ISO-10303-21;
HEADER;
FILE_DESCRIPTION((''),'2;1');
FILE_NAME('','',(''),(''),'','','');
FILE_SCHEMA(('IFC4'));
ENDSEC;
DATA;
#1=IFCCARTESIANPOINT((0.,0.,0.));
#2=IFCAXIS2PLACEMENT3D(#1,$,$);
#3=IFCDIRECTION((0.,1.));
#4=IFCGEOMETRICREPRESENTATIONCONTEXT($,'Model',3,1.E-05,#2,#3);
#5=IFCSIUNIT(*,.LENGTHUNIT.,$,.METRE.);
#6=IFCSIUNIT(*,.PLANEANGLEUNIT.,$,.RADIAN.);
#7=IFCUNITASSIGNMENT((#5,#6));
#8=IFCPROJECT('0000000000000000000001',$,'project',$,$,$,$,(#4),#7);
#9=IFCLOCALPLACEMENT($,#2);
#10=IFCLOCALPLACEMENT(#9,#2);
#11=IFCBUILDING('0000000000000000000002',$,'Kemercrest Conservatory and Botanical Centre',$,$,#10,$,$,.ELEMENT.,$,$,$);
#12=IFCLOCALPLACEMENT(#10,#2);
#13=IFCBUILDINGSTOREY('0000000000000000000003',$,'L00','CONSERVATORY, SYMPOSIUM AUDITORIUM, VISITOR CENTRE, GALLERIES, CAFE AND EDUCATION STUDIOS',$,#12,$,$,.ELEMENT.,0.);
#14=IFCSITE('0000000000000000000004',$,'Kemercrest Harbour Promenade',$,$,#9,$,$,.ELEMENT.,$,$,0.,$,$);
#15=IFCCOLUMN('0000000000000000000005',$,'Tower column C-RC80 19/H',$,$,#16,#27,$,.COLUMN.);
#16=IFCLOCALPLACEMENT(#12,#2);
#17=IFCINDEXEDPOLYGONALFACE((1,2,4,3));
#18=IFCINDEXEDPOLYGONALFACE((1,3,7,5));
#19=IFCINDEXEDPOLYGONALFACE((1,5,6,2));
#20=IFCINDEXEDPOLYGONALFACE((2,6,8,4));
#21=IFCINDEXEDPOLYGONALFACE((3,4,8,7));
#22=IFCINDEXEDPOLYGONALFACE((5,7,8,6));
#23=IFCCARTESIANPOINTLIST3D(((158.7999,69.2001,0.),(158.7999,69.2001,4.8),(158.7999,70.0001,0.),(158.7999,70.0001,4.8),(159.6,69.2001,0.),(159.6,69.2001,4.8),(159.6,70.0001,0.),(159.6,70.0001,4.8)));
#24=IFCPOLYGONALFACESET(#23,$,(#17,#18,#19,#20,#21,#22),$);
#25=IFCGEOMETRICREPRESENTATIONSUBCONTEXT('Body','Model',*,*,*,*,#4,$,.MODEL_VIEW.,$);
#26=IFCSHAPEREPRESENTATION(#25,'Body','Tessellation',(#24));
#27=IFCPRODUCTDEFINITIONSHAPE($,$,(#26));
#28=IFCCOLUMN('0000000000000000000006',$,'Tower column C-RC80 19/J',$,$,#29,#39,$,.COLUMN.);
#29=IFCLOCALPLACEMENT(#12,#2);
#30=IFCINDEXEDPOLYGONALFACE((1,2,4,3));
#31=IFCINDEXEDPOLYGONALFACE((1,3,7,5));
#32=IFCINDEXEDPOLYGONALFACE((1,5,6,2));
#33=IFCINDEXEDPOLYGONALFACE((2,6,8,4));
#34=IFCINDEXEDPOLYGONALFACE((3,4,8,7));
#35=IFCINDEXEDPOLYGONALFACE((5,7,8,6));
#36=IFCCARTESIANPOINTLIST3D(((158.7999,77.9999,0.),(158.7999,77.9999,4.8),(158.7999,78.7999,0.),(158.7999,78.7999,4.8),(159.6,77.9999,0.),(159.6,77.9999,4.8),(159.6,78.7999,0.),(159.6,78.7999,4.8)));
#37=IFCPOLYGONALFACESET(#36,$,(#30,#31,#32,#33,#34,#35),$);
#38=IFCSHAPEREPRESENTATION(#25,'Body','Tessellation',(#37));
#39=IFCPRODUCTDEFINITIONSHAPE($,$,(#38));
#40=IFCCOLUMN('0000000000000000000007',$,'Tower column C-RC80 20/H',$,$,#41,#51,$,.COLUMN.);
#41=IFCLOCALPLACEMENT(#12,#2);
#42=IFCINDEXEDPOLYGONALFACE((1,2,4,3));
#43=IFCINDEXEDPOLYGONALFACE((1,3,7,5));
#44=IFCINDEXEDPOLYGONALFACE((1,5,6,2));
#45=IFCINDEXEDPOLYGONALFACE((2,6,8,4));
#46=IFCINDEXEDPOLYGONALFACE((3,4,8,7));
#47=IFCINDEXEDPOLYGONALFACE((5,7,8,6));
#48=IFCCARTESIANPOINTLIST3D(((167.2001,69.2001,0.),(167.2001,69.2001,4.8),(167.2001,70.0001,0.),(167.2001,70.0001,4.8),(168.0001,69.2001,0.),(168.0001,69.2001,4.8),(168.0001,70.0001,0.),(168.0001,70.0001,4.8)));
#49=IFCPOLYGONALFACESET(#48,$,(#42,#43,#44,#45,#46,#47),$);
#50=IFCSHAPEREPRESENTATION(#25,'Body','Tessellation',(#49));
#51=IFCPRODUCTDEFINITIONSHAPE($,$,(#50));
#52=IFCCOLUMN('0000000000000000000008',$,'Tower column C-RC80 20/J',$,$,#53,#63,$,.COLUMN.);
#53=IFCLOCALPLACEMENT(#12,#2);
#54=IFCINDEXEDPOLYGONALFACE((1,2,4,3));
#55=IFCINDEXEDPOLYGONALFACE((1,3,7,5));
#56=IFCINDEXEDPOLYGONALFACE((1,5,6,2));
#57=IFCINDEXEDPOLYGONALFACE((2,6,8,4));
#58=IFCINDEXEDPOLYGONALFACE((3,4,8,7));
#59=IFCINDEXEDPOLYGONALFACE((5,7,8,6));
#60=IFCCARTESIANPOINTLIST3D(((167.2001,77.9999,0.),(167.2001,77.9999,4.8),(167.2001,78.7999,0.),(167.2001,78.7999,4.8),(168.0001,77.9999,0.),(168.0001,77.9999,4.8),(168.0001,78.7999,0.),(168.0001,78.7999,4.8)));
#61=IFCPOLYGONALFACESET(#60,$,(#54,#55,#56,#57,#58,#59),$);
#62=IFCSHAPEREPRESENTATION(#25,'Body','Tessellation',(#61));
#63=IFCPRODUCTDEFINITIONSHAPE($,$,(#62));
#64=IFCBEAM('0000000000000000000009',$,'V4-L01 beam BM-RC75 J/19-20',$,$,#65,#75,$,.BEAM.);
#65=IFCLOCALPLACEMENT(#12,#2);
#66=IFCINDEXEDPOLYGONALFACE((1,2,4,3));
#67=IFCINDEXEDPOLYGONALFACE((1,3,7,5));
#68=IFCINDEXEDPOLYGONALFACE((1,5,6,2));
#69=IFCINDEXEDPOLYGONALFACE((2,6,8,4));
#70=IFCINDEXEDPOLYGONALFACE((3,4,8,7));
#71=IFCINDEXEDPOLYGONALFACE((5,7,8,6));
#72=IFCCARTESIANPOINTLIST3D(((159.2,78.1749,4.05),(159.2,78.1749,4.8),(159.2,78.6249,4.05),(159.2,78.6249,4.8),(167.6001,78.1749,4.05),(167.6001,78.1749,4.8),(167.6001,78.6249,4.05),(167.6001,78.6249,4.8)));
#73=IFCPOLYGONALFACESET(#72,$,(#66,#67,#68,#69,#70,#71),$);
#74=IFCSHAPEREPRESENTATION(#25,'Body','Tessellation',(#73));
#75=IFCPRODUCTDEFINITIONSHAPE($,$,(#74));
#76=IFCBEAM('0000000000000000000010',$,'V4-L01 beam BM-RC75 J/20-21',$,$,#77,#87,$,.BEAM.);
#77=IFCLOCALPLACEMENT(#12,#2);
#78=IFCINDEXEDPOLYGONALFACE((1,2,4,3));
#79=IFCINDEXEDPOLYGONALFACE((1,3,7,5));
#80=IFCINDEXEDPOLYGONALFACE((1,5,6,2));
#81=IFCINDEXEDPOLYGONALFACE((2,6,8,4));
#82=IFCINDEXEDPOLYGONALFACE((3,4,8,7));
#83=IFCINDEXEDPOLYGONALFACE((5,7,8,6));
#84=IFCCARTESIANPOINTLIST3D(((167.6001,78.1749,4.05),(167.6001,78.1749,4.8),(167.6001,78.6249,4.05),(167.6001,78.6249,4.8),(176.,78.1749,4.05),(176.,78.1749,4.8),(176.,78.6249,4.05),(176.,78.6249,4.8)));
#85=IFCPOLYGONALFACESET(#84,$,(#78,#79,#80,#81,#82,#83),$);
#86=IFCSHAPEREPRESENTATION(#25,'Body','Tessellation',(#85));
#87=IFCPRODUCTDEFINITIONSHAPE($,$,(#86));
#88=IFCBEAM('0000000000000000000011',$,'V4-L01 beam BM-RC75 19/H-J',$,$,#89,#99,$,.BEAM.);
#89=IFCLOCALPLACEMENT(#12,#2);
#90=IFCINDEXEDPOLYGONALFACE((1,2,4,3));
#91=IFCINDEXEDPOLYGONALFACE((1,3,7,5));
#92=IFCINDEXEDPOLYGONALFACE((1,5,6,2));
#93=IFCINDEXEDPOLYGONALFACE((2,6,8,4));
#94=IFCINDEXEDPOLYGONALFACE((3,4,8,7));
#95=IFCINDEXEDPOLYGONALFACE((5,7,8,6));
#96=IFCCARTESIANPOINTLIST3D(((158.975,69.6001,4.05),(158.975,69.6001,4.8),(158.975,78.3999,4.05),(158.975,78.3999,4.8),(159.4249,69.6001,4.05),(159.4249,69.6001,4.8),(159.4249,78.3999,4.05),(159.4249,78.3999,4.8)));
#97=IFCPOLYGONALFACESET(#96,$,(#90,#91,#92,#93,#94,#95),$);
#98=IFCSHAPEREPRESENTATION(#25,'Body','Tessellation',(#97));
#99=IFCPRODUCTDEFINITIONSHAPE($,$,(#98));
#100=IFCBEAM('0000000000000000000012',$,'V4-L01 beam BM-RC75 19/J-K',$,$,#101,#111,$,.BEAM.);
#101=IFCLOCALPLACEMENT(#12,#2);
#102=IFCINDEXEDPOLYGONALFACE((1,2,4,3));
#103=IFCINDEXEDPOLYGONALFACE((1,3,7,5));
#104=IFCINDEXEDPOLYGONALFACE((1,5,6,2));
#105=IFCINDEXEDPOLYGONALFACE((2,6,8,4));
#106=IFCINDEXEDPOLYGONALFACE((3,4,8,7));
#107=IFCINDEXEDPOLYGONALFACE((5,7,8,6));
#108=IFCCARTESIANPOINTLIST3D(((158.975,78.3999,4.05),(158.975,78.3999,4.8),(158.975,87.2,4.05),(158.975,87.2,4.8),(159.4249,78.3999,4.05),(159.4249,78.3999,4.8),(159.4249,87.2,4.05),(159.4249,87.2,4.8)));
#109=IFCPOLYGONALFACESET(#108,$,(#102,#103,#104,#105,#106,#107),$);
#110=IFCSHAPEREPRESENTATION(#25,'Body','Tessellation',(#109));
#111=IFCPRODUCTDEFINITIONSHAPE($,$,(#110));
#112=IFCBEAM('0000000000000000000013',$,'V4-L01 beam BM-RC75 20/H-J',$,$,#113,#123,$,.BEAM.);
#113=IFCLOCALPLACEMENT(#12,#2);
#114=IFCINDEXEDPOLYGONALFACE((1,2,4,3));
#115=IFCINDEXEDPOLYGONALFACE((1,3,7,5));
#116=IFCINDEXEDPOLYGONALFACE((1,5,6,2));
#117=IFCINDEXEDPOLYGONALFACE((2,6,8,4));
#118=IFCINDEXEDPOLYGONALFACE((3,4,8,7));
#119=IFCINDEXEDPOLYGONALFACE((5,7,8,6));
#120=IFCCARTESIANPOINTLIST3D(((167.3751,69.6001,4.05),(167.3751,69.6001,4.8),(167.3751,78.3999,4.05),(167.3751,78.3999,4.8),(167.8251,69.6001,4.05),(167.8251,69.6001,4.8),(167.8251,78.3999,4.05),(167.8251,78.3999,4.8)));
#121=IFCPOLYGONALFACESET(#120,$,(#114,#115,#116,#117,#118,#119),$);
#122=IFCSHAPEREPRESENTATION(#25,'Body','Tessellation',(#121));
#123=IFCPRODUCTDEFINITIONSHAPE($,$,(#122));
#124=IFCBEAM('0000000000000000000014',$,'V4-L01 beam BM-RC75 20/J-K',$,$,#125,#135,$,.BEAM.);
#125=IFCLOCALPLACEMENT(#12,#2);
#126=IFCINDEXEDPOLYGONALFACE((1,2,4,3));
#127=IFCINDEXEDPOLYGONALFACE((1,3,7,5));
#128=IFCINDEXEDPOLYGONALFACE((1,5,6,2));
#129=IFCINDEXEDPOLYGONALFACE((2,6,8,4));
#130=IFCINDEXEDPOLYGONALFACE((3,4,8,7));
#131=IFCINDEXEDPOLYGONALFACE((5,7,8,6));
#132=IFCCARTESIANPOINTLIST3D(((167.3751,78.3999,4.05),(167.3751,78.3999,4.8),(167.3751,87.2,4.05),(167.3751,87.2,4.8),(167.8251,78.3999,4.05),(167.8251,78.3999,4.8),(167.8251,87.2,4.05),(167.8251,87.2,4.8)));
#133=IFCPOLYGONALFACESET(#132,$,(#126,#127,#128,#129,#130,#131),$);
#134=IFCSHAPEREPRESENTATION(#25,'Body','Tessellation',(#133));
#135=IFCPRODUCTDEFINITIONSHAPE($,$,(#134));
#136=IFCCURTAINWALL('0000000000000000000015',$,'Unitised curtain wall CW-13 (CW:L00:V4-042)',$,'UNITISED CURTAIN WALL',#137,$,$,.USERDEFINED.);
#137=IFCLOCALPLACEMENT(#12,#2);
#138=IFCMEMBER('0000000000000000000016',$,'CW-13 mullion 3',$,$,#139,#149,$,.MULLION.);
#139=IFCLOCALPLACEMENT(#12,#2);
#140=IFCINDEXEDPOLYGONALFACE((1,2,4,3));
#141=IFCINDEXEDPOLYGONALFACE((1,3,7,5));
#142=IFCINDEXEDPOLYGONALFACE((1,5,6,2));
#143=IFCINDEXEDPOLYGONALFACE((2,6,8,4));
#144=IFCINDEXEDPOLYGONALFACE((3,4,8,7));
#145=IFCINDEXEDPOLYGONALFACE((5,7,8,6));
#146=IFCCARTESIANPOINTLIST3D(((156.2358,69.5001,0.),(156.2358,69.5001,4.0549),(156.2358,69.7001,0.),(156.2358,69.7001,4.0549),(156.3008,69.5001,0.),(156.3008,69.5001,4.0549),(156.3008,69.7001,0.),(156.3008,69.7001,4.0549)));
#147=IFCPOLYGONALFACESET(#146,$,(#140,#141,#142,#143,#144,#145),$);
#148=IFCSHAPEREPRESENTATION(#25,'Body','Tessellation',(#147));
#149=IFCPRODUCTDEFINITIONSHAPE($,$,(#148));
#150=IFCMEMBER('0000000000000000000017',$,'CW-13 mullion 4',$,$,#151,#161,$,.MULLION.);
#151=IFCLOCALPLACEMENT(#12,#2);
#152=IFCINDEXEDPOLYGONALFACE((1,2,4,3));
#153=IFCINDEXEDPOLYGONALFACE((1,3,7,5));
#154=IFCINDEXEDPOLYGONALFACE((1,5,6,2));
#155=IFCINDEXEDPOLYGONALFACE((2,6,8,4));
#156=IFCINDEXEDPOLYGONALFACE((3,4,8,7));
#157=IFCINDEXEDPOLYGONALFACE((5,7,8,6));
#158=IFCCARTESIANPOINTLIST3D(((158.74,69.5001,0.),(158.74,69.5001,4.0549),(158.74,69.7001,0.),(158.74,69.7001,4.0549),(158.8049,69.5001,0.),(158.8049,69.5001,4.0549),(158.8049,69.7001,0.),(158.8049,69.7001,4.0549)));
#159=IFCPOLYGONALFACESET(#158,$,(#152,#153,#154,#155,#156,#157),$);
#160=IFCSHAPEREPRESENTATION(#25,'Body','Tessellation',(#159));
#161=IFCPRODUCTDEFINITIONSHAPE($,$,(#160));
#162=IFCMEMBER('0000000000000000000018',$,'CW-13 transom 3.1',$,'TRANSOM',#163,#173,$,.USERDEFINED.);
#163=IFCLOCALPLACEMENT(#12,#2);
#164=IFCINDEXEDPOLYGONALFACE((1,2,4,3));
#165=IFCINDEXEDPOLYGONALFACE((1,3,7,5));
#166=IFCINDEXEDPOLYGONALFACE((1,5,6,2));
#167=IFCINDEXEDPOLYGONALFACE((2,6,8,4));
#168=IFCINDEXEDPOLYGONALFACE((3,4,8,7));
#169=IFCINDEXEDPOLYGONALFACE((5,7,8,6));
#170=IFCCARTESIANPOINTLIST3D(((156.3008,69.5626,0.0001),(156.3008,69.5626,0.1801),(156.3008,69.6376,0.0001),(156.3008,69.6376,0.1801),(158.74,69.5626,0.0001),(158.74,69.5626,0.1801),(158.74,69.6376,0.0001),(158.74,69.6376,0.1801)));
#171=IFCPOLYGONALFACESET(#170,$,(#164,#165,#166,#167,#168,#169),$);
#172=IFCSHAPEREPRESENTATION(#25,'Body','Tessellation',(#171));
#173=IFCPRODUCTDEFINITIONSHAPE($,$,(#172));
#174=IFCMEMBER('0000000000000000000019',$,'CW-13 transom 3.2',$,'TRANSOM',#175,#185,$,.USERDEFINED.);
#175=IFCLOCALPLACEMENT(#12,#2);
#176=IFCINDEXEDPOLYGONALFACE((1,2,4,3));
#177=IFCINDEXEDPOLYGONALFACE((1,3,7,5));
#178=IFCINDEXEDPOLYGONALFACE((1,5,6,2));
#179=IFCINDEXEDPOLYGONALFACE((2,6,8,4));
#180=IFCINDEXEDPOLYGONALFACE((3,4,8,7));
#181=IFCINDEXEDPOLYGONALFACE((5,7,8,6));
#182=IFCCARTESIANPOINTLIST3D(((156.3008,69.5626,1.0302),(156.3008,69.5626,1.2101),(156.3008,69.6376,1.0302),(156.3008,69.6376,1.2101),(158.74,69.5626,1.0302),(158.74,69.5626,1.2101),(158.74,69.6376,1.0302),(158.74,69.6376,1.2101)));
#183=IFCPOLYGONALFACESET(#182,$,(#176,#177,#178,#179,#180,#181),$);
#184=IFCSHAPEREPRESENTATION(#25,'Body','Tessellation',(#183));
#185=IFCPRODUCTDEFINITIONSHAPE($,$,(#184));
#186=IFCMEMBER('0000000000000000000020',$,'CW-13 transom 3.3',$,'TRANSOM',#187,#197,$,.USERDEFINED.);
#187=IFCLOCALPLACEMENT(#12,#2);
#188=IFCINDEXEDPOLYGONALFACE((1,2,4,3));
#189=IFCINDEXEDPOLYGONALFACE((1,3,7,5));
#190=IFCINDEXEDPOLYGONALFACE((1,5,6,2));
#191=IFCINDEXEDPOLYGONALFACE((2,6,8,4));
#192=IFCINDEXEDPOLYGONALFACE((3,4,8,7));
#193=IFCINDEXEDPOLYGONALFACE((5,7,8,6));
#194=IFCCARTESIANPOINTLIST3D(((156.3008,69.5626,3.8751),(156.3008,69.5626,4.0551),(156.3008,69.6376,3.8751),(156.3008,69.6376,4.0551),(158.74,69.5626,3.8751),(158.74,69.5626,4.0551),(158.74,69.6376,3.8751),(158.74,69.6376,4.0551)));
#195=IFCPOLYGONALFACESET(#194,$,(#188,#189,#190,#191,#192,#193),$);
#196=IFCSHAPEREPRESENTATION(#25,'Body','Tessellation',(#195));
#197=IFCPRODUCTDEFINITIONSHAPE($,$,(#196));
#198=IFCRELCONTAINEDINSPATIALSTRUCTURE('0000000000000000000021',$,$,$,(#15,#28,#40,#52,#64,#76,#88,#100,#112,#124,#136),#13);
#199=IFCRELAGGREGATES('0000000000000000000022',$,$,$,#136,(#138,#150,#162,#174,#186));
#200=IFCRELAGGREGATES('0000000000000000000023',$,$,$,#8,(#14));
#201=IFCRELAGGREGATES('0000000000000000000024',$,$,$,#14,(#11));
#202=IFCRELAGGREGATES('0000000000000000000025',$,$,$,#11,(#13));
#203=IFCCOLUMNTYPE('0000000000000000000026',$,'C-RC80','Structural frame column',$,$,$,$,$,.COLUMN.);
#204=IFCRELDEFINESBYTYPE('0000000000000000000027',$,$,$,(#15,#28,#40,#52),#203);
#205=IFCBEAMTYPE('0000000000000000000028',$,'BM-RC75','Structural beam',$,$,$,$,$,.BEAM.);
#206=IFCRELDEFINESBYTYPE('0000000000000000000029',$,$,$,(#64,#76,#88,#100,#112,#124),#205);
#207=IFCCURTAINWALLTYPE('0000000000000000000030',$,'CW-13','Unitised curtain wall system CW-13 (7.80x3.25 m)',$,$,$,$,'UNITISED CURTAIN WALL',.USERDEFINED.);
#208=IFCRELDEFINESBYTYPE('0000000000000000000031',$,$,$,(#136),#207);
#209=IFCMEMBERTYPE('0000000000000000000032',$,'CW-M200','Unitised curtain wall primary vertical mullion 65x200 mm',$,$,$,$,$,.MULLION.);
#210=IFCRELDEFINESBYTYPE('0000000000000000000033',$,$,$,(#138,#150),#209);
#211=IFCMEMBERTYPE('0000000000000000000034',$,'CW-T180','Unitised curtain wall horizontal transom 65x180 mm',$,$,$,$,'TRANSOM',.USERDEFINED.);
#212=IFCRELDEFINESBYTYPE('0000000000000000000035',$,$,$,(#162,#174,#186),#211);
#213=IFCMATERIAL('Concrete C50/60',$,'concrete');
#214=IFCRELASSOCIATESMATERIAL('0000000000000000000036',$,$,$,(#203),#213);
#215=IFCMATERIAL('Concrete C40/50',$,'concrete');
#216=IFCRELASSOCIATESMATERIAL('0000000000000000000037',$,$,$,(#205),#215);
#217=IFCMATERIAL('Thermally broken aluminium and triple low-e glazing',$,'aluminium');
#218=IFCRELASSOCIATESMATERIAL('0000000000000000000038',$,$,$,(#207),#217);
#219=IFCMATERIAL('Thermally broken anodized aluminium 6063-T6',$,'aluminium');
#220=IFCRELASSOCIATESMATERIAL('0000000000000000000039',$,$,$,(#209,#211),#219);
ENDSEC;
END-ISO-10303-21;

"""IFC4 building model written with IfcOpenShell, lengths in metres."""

from ifc_helpers import new_model, si_unit, direction, frame, origin, origin_2d, place, context, subcontext, project, spatial, rectangle, extrude, material, material_profile, profile_set, type_object, element, aggregate, save


model = new_model("IFC4")

# Units and contexts
model_context = context("Model", 3, precision=1e-05, world=origin(), true_north=direction((0.0, 1.0)))
body_context = subcontext(model_context, "Body", "Model", "MODEL_VIEW")
ifc_project = project(units=[si_unit("LENGTHUNIT", "METRE"), si_unit("PLANEANGLEUNIT", "RADIAN")], contexts=[model_context])

# Site, building, storey
site_placement = place(None, origin())
site = spatial("IfcSite", under=ifc_project, at=site_placement, Name="Kemercrest Harbour Promenade", CompositionType="ELEMENT", RefElevation=0.0)
building_placement = place(site_placement, origin())
building = spatial("IfcBuilding", under=site, at=building_placement, Name="Kemercrest Conservatory and Botanical Centre", CompositionType="ELEMENT")
storey_placement = place(building_placement, origin())
storey = spatial("IfcBuildingStorey", under=building, at=storey_placement, Name="L00", Description="CONSERVATORY, SYMPOSIUM AUDITORIUM, VISITOR CENTRE, GALLERIES, CAFE AND EDUCATION STUDIOS", CompositionType="ELEMENT", Elevation=0.0)

# Columns
ifc_material_1 = material(Name="Concrete C50/60", Category="concrete")
ifc_material_profile_1 = material_profile(ifc_material_1, rectangle(XDim=0.8, YDim=0.8, at=origin_2d()), Name="RC 800x800")
ifc_profile_set_1 = profile_set([ifc_material_profile_1], Name="Concrete C50/60")
column_type = type_object("IfcColumnType", Name="C-RC80", Description="Structural frame column", PredefinedType="COLUMN", material=ifc_profile_set_1)
for number, where, z_axis, x_axis, name in (
    (1, (159.2, 69.6001, 0.0), (0.0, 0.0, 1.0), (1.0, 0.0, 0.0), "Tower column C-RC80 19/H"),
    (2, (159.2, 78.3999, 0.0), (0.0, 0.0, 1.0), (1.0, 0.0, 0.0), "Tower column C-RC80 19/J"),
    (3, (167.6001, 69.6001, 0.0), (0.0, 0.0, 1.0), (1.0, 0.0, 0.0), "Tower column C-RC80 20/H"),
    (4, (167.6001, 78.3999, 0.0), (0.0, 0.0, 1.0), (1.0, 0.0, 0.0), "Tower column C-RC80 20/J"),
):
    element("IfcColumn", number, at=place(storey_placement, frame(where, z_axis=z_axis, x_axis=x_axis)), inside=storey, type_object=column_type, Name=name, PredefinedType="COLUMN", context=body_context, shape_type="SweptSolid", body=[
        extrude(rectangle(XDim=0.8, YDim=0.8, at=origin_2d()), origin(), (0.0, 0.0, 1.0), 4.8),
    ])

# Beams
ifc_material_2 = material(Name="Concrete C40/50", Category="concrete")
ifc_material_profile_2 = material_profile(ifc_material_2, rectangle(XDim=0.45, YDim=0.75, at=origin_2d()), Name="RC 450x750")
ifc_profile_set_2 = profile_set([ifc_material_profile_2], Name="Concrete C40/50")
beam_type_1 = type_object("IfcBeamType", Name="BM-RC75", Description="Structural beam", PredefinedType="BEAM", material=ifc_profile_set_2)
beam_1_placement = place(storey_placement, frame((159.2, 78.3999, 4.425), z_axis=(1.0, 0.0, 0.0), x_axis=(0.0, 1.0, 0.0)))
element("IfcBeam", 5, at=beam_1_placement, inside=storey, type_object=beam_type_1, Name="V4-L01 beam BM-RC75 J/19-20", PredefinedType="BEAM", context=body_context, shape_type="SweptSolid", body=[
    extrude(rectangle(XDim=0.45, YDim=0.75, at=origin_2d()), origin(), (0.0, 0.0, 1.0), 8.4001),
])
beam_2_placement = place(storey_placement, frame((167.6001, 78.3999, 4.425), z_axis=(1.0, 0.0, 0.0), x_axis=(0.0, 1.0, 0.0)))
element("IfcBeam", 6, at=beam_2_placement, inside=storey, type_object=beam_type_1, Name="V4-L01 beam BM-RC75 J/20-21", PredefinedType="BEAM", context=body_context, shape_type="SweptSolid", body=[
    extrude(rectangle(XDim=0.45, YDim=0.75, at=origin_2d()), origin(), (0.0, 0.0, 1.0), 8.3999),
])
beam_3_placement = place(storey_placement, frame((159.2, 69.6001, 4.425), z_axis=(0.0, 1.0, 0.0), x_axis=(-1.0, 0.0, 0.0)))
element("IfcBeam", 7, at=beam_3_placement, inside=storey, type_object=beam_type_1, Name="V4-L01 beam BM-RC75 19/H-J", PredefinedType="BEAM", context=body_context, shape_type="SweptSolid", body=[
    extrude(rectangle(XDim=0.45, YDim=0.75, at=origin_2d()), origin(), (0.0, 0.0, 1.0), 8.7998),
])
beam_4_placement = place(storey_placement, frame((159.2, 78.3999, 4.425), z_axis=(0.0, 1.0, 0.0), x_axis=(-1.0, 0.0, 0.0)))
element("IfcBeam", 8, at=beam_4_placement, inside=storey, type_object=beam_type_1, Name="V4-L01 beam BM-RC75 19/J-K", PredefinedType="BEAM", context=body_context, shape_type="SweptSolid", body=[
    extrude(rectangle(XDim=0.45, YDim=0.75, at=origin_2d()), origin(), (0.0, 0.0, 1.0), 8.8),
])
beam_5_placement = place(storey_placement, frame((167.6001, 69.6001, 4.425), z_axis=(0.0, 1.0, 0.0), x_axis=(-1.0, 0.0, 0.0)))
element("IfcBeam", 9, at=beam_5_placement, inside=storey, type_object=beam_type_1, Name="V4-L01 beam BM-RC75 20/H-J", PredefinedType="BEAM", context=body_context, shape_type="SweptSolid", body=[
    extrude(rectangle(XDim=0.45, YDim=0.75, at=origin_2d()), origin(), (0.0, 0.0, 1.0), 8.7998),
])
beam_6_placement = place(storey_placement, frame((167.6001, 78.3999, 4.425), z_axis=(0.0, 1.0, 0.0), x_axis=(-1.0, 0.0, 0.0)))
element("IfcBeam", 10, at=beam_6_placement, inside=storey, type_object=beam_type_1, Name="V4-L01 beam BM-RC75 20/J-K", PredefinedType="BEAM", context=body_context, shape_type="SweptSolid", body=[
    extrude(rectangle(XDim=0.45, YDim=0.75, at=origin_2d()), origin(), (0.0, 0.0, 1.0), 8.8),
])

# Curtain wall, members
ifc_material_3 = material(Name="Thermally broken aluminium and triple low-e glazing", Category="aluminium")
curtain_wall_type = type_object("IfcCurtainWallType", Name="CW-13", Description="Unitised curtain wall system CW-13 (7.80x3.25 m)", ElementType="UNITISED CURTAIN WALL", PredefinedType="USERDEFINED", material=ifc_material_3)
curtain_wall_placement = place(storey_placement, origin())
curtain_wall = element("IfcCurtainWall", 11, at=curtain_wall_placement, inside=storey, type_object=curtain_wall_type, Name="Unitised curtain wall CW-13 (CW:L00:V4-042)", ObjectType="UNITISED CURTAIN WALL", PredefinedType="USERDEFINED")
ifc_material_4 = material(Name="Thermally broken anodized aluminium 6063-T6", Category="aluminium")
ifc_material_profile_3 = material_profile(ifc_material_4, rectangle(XDim=0.2, YDim=0.0649, at=origin_2d()), Name="AL MULLION 65x200")
ifc_profile_set_3 = profile_set([ifc_material_profile_3], Name="Thermally broken anodized aluminium 6063-T6")
member_type_1 = type_object("IfcMemberType", Name="CW-M200", Description="Unitised curtain wall primary vertical mullion 65x200 mm", PredefinedType="MULLION", material=ifc_profile_set_3)
member_1_placement = place(storey_placement, frame((156.2683, 69.6001, 0.0), z_axis=(0.0, 0.0, 1.0), x_axis=(0.0, 1.0, 0.0)))
member_1 = element("IfcMember", 12, at=member_1_placement, type_object=member_type_1, Name="CW-13 mullion 3", PredefinedType="MULLION", context=body_context, shape_type="SweptSolid", body=[
    extrude(rectangle(XDim=0.2, YDim=0.0649, at=origin_2d()), origin(), (0.0, 0.0, 1.0), 4.0549),
])
member_2_placement = place(storey_placement, frame((158.7725, 69.6001, 0.0), z_axis=(0.0, 0.0, 1.0), x_axis=(0.0, 1.0, 0.0)))
member_2 = element("IfcMember", 13, at=member_2_placement, type_object=member_type_1, Name="CW-13 mullion 4", PredefinedType="MULLION", context=body_context, shape_type="SweptSolid", body=[
    extrude(rectangle(XDim=0.2, YDim=0.0649, at=origin_2d()), origin(), (0.0, 0.0, 1.0), 4.0549),
])
ifc_material_profile_4 = material_profile(ifc_material_4, rectangle(XDim=0.075, YDim=0.1799, at=origin_2d()), Name="AL TRANSOM 75x180")
ifc_profile_set_4 = profile_set([ifc_material_profile_4], Name="Thermally broken anodized aluminium 6063-T6")
member_type_2 = type_object("IfcMemberType", Name="CW-T180", Description="Unitised curtain wall horizontal transom 65x180 mm", ElementType="TRANSOM", PredefinedType="USERDEFINED", material=ifc_profile_set_4)
member_3_placement = place(storey_placement, frame((156.3008, 69.6001, 0.0901), z_axis=(1.0, 0.0, 0.0), x_axis=(0.0, 1.0, 0.0)))
member_3 = element("IfcMember", 14, at=member_3_placement, type_object=member_type_2, Name="CW-13 transom 3.1", ObjectType="TRANSOM", PredefinedType="USERDEFINED", context=body_context, shape_type="SweptSolid", body=[
    extrude(rectangle(XDim=0.075, YDim=0.1799, at=origin_2d()), origin(), (0.0, 0.0, 1.0), 2.4392),
])
member_4_placement = place(storey_placement, frame((156.3008, 69.6001, 1.1201), z_axis=(1.0, 0.0, 0.0), x_axis=(0.0, 1.0, 0.0)))
member_4 = element("IfcMember", 15, at=member_4_placement, type_object=member_type_2, Name="CW-13 transom 3.2", ObjectType="TRANSOM", PredefinedType="USERDEFINED", context=body_context, shape_type="SweptSolid", body=[
    extrude(rectangle(XDim=0.075, YDim=0.1799, at=origin_2d()), origin(), (0.0, 0.0, 1.0), 2.4392),
])
member_5_placement = place(storey_placement, frame((156.3008, 69.6001, 3.9651), z_axis=(1.0, 0.0, 0.0), x_axis=(0.0, 1.0, 0.0)))
member_5 = element("IfcMember", 16, at=member_5_placement, type_object=member_type_2, Name="CW-13 transom 3.3", ObjectType="TRANSOM", PredefinedType="USERDEFINED", context=body_context, shape_type="SweptSolid", body=[
    extrude(rectangle(XDim=0.075, YDim=0.1799, at=origin_2d()), origin(), (0.0, 0.0, 1.0), 2.4392),
])

aggregate(curtain_wall, [member_1, member_2, member_3, member_4, member_5])

save(model, "model.ifc")
